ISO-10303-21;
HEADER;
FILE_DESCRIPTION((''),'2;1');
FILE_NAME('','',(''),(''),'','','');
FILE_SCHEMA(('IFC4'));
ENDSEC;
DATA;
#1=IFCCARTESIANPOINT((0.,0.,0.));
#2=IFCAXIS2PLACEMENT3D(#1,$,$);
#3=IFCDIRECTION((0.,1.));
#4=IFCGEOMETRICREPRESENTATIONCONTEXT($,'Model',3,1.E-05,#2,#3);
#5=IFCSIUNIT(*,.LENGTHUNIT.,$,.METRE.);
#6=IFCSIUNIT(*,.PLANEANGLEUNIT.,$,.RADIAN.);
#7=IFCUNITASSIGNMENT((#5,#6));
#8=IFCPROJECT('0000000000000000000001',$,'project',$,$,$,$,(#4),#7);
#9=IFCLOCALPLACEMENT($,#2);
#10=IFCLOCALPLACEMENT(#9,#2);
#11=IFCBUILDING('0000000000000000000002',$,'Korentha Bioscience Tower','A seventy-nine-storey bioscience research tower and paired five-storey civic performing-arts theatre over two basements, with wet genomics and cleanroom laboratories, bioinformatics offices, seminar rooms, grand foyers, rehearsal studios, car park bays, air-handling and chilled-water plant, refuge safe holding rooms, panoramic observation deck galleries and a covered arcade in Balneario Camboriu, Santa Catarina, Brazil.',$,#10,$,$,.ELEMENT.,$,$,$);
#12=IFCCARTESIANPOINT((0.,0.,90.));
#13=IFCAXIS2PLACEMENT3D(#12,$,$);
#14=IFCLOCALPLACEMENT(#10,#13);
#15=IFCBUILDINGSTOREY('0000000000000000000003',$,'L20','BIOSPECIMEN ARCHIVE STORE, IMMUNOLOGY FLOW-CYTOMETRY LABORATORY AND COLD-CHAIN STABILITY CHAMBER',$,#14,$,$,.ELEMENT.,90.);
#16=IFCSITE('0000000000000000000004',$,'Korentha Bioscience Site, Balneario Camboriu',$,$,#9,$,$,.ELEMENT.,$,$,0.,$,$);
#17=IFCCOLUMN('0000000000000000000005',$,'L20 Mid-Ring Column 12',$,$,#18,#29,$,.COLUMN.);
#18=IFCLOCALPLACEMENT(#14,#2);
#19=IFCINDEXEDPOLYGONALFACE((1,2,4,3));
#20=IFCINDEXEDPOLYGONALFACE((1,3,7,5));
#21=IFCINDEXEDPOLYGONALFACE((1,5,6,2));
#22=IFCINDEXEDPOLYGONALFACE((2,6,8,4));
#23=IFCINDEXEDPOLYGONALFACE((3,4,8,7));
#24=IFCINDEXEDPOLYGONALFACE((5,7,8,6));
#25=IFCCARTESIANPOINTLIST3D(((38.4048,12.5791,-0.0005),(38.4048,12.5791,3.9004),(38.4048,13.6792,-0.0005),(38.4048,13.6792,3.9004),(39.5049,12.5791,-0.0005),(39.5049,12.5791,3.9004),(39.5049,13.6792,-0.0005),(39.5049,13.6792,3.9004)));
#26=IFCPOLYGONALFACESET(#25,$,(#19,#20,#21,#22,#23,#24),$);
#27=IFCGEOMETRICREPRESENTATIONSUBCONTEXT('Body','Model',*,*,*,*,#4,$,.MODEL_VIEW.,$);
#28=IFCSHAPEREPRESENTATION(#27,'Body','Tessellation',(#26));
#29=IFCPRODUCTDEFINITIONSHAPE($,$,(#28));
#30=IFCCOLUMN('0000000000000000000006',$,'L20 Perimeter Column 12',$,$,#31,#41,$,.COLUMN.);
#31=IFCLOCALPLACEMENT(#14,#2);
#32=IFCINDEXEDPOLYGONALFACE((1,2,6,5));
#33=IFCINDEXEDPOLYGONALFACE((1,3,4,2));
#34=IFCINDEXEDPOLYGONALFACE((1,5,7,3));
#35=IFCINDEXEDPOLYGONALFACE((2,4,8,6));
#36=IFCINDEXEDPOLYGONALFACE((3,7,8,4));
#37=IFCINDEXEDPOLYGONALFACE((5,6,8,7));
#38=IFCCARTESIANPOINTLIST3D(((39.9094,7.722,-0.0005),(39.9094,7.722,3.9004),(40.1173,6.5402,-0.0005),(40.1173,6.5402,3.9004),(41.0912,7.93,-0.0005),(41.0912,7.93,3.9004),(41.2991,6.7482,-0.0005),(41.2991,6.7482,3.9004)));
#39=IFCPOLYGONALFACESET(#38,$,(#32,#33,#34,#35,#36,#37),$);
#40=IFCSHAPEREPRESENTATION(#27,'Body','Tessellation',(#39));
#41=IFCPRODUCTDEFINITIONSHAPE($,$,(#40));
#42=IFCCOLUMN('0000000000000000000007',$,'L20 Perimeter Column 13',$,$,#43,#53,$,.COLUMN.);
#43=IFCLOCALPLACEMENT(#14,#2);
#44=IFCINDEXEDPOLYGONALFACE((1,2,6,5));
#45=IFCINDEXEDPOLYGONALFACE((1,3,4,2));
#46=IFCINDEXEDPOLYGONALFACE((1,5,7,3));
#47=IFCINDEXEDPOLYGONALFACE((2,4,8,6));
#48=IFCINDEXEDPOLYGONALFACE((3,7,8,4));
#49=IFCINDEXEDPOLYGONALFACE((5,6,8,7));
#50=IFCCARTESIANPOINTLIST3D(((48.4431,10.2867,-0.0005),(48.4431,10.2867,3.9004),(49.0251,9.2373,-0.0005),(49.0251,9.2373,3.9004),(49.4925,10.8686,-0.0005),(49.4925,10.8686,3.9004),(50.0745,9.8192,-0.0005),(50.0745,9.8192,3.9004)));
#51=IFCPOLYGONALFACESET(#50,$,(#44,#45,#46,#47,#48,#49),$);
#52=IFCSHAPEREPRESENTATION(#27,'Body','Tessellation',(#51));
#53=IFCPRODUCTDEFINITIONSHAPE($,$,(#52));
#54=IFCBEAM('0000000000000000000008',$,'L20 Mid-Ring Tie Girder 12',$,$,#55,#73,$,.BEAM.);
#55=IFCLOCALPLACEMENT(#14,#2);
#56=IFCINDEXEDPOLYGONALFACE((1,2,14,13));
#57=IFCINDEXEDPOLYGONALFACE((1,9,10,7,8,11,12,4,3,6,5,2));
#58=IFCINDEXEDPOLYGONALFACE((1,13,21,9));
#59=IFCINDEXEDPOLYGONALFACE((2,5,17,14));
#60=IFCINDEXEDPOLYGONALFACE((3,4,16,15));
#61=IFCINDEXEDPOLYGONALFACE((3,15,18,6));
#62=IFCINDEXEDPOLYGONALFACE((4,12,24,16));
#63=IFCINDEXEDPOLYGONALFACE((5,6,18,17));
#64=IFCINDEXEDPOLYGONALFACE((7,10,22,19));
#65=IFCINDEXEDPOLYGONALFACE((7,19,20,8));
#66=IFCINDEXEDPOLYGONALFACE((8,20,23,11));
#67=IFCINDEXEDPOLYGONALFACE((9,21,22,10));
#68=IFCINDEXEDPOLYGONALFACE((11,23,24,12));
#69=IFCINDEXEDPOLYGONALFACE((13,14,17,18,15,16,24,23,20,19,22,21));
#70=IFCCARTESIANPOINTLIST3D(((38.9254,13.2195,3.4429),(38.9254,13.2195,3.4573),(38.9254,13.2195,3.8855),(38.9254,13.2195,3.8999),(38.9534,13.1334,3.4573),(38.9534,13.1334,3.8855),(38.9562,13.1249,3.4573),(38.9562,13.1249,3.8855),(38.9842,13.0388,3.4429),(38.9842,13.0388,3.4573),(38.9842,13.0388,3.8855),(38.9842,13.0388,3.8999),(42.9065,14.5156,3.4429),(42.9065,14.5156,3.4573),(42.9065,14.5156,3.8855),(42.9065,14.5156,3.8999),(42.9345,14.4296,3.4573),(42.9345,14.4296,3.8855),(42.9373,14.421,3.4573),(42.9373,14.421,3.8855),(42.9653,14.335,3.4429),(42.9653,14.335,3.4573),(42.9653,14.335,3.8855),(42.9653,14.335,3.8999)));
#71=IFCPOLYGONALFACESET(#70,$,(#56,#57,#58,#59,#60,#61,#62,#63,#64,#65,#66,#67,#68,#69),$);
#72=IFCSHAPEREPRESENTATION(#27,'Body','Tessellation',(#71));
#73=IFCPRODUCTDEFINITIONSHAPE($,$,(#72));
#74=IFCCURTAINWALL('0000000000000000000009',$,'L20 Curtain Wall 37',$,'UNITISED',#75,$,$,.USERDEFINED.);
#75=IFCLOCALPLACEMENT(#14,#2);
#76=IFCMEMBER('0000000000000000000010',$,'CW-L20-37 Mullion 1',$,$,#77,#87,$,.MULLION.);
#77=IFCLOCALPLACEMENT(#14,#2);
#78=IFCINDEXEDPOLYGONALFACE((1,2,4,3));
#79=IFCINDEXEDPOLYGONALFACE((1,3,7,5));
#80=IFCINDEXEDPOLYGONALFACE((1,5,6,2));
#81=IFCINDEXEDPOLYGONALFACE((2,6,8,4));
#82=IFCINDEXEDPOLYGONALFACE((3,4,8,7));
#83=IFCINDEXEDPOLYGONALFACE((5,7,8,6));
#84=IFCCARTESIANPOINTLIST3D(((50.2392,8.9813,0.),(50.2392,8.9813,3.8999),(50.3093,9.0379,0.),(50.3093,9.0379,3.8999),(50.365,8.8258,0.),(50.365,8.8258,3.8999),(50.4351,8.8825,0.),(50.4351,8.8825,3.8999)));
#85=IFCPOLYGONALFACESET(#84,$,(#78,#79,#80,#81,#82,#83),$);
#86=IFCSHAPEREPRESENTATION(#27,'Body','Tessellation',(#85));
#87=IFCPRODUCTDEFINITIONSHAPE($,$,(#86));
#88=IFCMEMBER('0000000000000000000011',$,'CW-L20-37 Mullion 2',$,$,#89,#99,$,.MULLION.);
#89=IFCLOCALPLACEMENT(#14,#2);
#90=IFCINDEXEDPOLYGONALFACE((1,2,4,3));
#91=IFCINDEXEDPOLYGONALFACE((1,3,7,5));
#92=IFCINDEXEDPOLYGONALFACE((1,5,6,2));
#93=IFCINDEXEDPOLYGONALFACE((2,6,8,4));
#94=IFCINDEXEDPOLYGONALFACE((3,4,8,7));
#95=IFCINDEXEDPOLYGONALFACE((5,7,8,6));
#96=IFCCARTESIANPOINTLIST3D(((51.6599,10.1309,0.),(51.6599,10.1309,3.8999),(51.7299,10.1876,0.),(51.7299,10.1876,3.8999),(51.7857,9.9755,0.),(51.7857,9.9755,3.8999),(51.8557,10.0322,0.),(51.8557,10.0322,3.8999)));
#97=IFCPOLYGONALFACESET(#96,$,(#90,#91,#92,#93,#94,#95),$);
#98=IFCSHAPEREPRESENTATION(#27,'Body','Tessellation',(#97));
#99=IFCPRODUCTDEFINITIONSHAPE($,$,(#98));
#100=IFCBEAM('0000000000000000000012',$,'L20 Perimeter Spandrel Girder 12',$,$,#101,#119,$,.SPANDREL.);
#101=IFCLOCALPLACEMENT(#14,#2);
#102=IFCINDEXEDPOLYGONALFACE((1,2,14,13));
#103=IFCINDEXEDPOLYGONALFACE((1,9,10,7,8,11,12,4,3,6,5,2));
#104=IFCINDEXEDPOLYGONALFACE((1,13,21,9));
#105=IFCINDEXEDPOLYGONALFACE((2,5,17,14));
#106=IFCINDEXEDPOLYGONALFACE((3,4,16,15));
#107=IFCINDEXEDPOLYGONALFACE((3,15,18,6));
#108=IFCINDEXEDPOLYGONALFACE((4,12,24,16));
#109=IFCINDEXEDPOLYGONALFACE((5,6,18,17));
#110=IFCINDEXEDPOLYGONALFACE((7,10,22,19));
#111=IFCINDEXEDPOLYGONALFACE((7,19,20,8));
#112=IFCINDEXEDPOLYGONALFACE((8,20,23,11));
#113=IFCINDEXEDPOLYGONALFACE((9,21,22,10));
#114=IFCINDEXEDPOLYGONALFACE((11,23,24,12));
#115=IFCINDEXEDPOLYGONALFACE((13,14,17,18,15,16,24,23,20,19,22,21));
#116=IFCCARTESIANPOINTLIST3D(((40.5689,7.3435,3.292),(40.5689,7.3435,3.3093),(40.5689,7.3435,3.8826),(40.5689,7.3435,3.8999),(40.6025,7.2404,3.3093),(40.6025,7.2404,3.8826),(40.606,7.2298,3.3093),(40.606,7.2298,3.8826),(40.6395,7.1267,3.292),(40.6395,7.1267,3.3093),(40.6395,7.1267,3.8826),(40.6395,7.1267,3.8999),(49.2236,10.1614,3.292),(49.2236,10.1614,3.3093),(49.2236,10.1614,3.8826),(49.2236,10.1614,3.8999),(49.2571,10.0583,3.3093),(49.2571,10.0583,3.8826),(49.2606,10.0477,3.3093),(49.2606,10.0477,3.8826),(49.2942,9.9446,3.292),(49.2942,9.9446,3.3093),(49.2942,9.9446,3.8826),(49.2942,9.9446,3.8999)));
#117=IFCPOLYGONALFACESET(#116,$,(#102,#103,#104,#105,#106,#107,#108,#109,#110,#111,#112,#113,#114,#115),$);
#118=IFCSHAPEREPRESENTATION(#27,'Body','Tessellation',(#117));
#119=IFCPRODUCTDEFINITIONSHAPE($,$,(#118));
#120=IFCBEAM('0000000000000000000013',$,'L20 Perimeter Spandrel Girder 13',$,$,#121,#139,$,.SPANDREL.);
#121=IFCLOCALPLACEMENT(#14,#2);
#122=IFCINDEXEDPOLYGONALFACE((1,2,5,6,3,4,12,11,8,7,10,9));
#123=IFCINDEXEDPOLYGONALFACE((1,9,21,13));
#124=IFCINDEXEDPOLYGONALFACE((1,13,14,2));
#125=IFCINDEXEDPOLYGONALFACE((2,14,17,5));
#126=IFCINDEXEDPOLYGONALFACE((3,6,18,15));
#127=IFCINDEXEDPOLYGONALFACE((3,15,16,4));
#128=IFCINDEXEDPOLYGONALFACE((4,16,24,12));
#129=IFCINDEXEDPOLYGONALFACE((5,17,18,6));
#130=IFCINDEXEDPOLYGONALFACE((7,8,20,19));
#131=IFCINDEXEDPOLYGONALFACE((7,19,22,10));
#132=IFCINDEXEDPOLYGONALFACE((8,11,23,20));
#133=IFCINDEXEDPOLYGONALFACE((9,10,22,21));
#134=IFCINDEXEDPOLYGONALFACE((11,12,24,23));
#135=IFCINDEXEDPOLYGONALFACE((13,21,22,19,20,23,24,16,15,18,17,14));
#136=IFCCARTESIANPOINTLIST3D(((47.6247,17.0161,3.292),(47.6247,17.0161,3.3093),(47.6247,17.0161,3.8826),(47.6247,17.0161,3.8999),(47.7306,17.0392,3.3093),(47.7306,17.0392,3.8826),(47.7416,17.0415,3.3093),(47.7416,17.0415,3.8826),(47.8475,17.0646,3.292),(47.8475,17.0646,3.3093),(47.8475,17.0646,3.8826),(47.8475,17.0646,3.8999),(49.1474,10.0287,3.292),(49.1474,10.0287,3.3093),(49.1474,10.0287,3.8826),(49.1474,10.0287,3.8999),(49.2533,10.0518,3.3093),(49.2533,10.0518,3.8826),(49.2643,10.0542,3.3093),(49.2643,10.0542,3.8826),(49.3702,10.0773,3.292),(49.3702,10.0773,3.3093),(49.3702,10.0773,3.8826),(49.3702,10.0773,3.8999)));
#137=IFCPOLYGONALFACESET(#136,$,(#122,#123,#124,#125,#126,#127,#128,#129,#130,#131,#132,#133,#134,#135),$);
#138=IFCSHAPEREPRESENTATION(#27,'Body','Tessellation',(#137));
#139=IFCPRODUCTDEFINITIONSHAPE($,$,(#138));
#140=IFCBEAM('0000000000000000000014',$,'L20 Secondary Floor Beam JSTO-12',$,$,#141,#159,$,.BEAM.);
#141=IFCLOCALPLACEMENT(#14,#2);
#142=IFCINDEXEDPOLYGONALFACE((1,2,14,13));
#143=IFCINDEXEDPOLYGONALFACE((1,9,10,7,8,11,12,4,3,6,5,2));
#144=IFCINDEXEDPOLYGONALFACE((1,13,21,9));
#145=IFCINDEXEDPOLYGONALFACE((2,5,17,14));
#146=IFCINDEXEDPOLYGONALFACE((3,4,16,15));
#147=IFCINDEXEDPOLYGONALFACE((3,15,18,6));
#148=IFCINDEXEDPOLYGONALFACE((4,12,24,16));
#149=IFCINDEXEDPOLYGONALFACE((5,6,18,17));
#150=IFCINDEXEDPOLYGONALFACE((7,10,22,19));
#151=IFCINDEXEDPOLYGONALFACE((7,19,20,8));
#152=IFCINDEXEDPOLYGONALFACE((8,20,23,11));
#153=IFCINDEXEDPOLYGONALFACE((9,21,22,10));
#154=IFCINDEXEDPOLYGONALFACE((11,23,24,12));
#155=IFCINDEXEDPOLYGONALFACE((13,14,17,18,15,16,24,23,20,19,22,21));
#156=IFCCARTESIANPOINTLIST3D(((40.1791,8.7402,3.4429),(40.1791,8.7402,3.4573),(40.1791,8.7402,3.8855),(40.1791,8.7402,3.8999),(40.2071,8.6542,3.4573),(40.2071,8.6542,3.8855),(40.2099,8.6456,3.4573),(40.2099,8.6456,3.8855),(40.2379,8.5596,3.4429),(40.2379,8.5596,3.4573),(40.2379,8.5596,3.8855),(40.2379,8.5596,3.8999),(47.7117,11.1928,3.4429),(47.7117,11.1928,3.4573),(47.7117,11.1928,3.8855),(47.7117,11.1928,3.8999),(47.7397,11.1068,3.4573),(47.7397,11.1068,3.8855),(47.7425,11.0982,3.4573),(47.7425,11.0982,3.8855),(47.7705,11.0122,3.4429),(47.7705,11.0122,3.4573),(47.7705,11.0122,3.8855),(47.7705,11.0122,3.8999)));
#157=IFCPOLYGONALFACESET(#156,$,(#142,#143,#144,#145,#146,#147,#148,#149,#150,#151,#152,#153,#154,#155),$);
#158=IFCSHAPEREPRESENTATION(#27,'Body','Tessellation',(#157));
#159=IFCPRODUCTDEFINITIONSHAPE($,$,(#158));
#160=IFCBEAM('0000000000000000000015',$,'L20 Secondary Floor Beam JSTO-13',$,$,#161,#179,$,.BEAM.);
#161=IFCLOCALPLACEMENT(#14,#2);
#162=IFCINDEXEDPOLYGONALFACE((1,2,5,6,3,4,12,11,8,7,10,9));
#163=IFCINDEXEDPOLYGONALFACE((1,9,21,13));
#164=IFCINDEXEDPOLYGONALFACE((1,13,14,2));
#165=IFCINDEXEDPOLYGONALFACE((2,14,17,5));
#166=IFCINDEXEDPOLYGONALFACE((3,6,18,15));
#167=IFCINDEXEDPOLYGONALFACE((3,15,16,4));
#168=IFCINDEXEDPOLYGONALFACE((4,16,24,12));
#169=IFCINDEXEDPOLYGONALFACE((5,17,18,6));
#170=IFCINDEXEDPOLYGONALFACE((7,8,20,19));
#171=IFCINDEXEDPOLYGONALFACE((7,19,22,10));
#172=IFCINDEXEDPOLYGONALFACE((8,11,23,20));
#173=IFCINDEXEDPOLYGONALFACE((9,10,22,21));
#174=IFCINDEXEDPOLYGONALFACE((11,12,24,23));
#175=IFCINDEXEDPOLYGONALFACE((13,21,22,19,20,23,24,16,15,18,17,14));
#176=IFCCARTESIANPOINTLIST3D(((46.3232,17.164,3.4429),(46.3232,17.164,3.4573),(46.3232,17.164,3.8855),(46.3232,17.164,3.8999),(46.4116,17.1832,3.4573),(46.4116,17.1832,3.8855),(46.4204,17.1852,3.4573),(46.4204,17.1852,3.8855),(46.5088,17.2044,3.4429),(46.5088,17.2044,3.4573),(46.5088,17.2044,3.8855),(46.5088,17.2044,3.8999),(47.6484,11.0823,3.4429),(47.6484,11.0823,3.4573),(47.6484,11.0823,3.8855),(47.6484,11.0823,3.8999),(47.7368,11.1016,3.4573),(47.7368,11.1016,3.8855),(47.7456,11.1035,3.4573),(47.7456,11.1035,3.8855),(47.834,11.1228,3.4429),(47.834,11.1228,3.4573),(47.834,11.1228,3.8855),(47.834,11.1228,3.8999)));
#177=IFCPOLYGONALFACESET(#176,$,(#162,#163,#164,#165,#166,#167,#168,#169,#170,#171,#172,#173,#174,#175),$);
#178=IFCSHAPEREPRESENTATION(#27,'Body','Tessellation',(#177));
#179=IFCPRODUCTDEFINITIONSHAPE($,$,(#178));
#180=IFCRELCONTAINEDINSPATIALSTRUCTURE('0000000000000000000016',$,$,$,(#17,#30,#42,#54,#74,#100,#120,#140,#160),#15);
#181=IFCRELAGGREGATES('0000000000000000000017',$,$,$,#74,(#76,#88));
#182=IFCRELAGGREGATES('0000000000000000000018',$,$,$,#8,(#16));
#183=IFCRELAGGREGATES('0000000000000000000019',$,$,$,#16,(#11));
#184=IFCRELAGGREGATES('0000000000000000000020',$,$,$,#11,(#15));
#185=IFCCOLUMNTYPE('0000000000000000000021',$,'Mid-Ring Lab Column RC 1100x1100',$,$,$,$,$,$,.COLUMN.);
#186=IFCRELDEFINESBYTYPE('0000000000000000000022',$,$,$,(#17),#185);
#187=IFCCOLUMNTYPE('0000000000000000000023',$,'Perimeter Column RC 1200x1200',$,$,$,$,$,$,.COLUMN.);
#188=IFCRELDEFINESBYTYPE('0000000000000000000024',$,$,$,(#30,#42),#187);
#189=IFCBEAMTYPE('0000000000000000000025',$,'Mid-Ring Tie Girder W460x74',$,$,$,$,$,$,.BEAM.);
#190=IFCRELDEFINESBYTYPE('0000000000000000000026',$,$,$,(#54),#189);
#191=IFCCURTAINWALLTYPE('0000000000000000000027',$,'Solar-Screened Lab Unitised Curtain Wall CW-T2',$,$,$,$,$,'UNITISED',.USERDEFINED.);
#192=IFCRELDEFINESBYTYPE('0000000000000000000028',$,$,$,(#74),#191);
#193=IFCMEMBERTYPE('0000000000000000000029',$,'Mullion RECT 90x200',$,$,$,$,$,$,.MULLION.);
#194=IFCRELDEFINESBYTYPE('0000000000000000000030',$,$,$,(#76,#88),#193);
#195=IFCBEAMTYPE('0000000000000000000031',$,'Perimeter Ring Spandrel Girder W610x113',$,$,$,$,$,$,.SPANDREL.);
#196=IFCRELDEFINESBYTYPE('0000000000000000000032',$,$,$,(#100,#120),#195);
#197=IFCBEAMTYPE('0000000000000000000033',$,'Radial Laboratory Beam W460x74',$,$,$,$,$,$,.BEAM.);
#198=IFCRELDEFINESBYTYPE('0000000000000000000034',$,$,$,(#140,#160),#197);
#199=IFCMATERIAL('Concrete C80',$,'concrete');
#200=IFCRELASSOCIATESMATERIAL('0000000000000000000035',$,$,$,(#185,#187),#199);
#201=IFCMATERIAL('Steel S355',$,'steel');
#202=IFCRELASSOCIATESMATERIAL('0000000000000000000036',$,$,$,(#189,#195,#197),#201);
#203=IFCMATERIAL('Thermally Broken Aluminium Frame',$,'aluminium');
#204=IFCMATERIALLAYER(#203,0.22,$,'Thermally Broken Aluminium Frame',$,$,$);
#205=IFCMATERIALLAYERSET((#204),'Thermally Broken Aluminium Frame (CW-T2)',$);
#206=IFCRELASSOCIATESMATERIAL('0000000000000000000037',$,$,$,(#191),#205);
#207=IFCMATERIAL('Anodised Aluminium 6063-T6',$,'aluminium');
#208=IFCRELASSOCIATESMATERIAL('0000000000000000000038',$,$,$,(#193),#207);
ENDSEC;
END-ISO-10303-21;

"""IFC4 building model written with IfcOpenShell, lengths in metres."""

from ifc_helpers import new_model, si_unit, direction, frame, origin, origin_2d, place, context, subcontext, project, spatial, rectangle, i_section, extrude, material, layer, layer_set, material_profile, profile_set, type_object, element, aggregate, save


model = new_model("IFC4")

# Units and contexts
model_context = context("Model", 3, precision=1e-05, world=origin(), true_north=direction((0.0, 1.0)))
body_context = subcontext(model_context, "Body", "Model", "MODEL_VIEW")
ifc_project = project(units=[si_unit("LENGTHUNIT", "METRE"), si_unit("PLANEANGLEUNIT", "RADIAN")], contexts=[model_context])

# Site, building, storey
site_placement = place(None, origin())
site = spatial("IfcSite", under=ifc_project, at=site_placement, Name="Korentha Bioscience Site, Balneario Camboriu", CompositionType="ELEMENT", RefElevation=0.0)
building_placement = place(site_placement, origin())
building = spatial("IfcBuilding", under=site, at=building_placement, Name="Korentha Bioscience Tower", Description="A seventy-nine-storey bioscience research tower and paired five-storey civic performing-arts theatre over two basements, with wet genomics and cleanroom laboratories, bioinformatics offices, seminar rooms, grand foyers, rehearsal studios, car park bays, air-handling and chilled-water plant, refuge safe holding rooms, panoramic observation deck galleries and a covered arcade in Balneario Camboriu, Santa Catarina, Brazil.", CompositionType="ELEMENT")
storey_placement = place(building_placement, frame((0.0, 0.0, 90.0)))
storey = spatial("IfcBuildingStorey", under=building, at=storey_placement, Name="L20", Description="BIOSPECIMEN ARCHIVE STORE, IMMUNOLOGY FLOW-CYTOMETRY LABORATORY AND COLD-CHAIN STABILITY CHAMBER", CompositionType="ELEMENT", Elevation=90.0)

# Columns
ifc_material_1 = material(Name="Concrete C80", Category="concrete")
ifc_material_profile_1 = material_profile(ifc_material_1, rectangle(XDim=1.1001, YDim=1.1001, at=origin_2d()), Name="Concrete C80")
ifc_profile_set_1 = profile_set([ifc_material_profile_1], Name="Concrete C80 (COL-MR11)")
column_type_1 = type_object("IfcColumnType", Name="Mid-Ring Lab Column RC 1100x1100", PredefinedType="COLUMN", material=ifc_profile_set_1)
column_placement = place(storey_placement, frame((38.9548, 13.1292, -0.0005), z_axis=(0.0, 0.0, 1.0), x_axis=(1.0, 0.0, 0.0)))
element("IfcColumn", 1, at=column_placement, inside=storey, type_object=column_type_1, Name="L20 Mid-Ring Column 12", PredefinedType="COLUMN", context=body_context, shape_type="SweptSolid", body=[
    extrude(rectangle(XDim=1.1001, YDim=1.1001, at=origin_2d()), origin(), (0.0, 0.0, 1.0), 3.9009),
])
ifc_material_profile_2 = material_profile(ifc_material_1, rectangle(XDim=1.2, YDim=1.2, at=origin_2d()), Name="Concrete C80")
ifc_profile_set_2 = profile_set([ifc_material_profile_2], Name="Concrete C80 (COL-P12)")
column_type_2 = type_object("IfcColumnType", Name="Perimeter Column RC 1200x1200", PredefinedType="COLUMN", material=ifc_profile_set_2)
for number, where, z_axis, x_axis, name in (
    (2, (40.6042, 7.2351, -0.0005), (0.0, 0.0, 1.0), (0.984868, 0.173304, 0.0), "L20 Perimeter Column 12"),
    (3, (49.2588, 10.053, -0.0005), (0.0, 0.0, 1.0), (0.874535, 0.484962, 0.0), "L20 Perimeter Column 13"),
):
    element("IfcColumn", number, at=place(storey_placement, frame(where, z_axis=z_axis, x_axis=x_axis)), inside=storey, type_object=column_type_2, Name=name, PredefinedType="COLUMN", context=body_context, shape_type="SweptSolid", body=[
        extrude(rectangle(XDim=1.2, YDim=1.2, at=origin_2d()), origin(), (0.0, 0.0, 1.0), 3.9009),
    ])

# Beam
ifc_material_2 = material(Name="Steel S355", Category="steel")
ifc_material_profile_3 = material_profile(ifc_material_2, i_section(OverallWidth=0.1899, OverallDepth=0.457, WebThickness=0.009, FlangeThickness=0.0144, at=origin_2d()), Name="Steel S355")
ifc_profile_set_3 = profile_set([ifc_material_profile_3], Name="Steel S355 (MB-460)")
beam_type_1 = type_object("IfcBeamType", Name="Mid-Ring Tie Girder W460x74", PredefinedType="BEAM", material=ifc_profile_set_3)
beam_1_placement = place(storey_placement, frame((38.9548, 13.1292, 3.6714), z_axis=(0.950876, 0.309573, 0.0), x_axis=(-0.309573, 0.950876, 0.0)))
element("IfcBeam", 4, at=beam_1_placement, inside=storey, type_object=beam_type_1, Name="L20 Mid-Ring Tie Girder 12", PredefinedType="BEAM", context=body_context, shape_type="SweptSolid", body=[
    extrude(i_section(OverallWidth=0.1899, OverallDepth=0.457, WebThickness=0.009, FlangeThickness=0.0144, at=origin_2d()), origin(), (0.0, 0.0, 1.0), 4.1868),
])

# Curtain wall, members
ifc_material_3 = material(Name="Thermally Broken Aluminium Frame", Category="aluminium")
ifc_layer_1 = layer(ifc_material_3, 0.22, Name="Thermally Broken Aluminium Frame")
ifc_layer_set_1 = layer_set([ifc_layer_1], Name="Thermally Broken Aluminium Frame (CW-T2)")
curtain_wall_type = type_object("IfcCurtainWallType", Name="Solar-Screened Lab Unitised Curtain Wall CW-T2", ElementType="UNITISED", PredefinedType="USERDEFINED", material=ifc_layer_set_1)
curtain_wall_placement = place(storey_placement, origin())
curtain_wall = element("IfcCurtainWall", 5, at=curtain_wall_placement, inside=storey, type_object=curtain_wall_type, Name="L20 Curtain Wall 37", ObjectType="UNITISED", PredefinedType="USERDEFINED")
ifc_material_4 = material(Name="Anodised Aluminium 6063-T6", Category="aluminium")
ifc_material_profile_4 = material_profile(ifc_material_4, rectangle(XDim=0.0901, YDim=0.2, at=origin_2d()), Name="Anodised Aluminium 6063-T6")
ifc_profile_set_4 = profile_set([ifc_material_profile_4], Name="Anodised Aluminium 6063-T6 (CW-MUL)")
member_type_1 = type_object("IfcMemberType", Name="Mullion RECT 90x200", PredefinedType="MULLION", material=ifc_profile_set_4)
member_1_placement = place(storey_placement, frame((50.3372, 8.9319, 0.0), z_axis=(0.0, 0.0, 1.0), x_axis=(0.777315, 0.629111, 0.0)))
member_1 = element("IfcMember", 6, at=member_1_placement, type_object=member_type_1, Name="CW-L20-37 Mullion 1", PredefinedType="MULLION", context=body_context, shape_type="SweptSolid", body=[
    extrude(rectangle(XDim=0.0901, YDim=0.2, at=origin_2d()), origin(), (0.0, 0.0, 1.0), 3.8999),
])
member_2_placement = place(storey_placement, frame((51.7578, 10.0815, 0.0), z_axis=(0.0, 0.0, 1.0), x_axis=(0.777315, 0.629111, 0.0)))
member_2 = element("IfcMember", 7, at=member_2_placement, type_object=member_type_1, Name="CW-L20-37 Mullion 2", PredefinedType="MULLION", context=body_context, shape_type="SweptSolid", body=[
    extrude(rectangle(XDim=0.0901, YDim=0.2, at=origin_2d()), origin(), (0.0, 0.0, 1.0), 3.8999),
])

# Beams
ifc_material_profile_5 = material_profile(ifc_material_2, i_section(OverallWidth=0.228, OverallDepth=0.6079, WebThickness=0.0112, FlangeThickness=0.0173, at=origin_2d()), Name="Steel S355")
ifc_profile_set_5 = profile_set([ifc_material_profile_5], Name="Steel S355 (SB-610)")
beam_type_2 = type_object("IfcBeamType", Name="Perimeter Ring Spandrel Girder W610x113", PredefinedType="SPANDREL", material=ifc_profile_set_5)
beam_2_placement = place(storey_placement, frame((40.6042, 7.2351, 3.5959), z_axis=(0.950868, 0.309597, 0.0), x_axis=(-0.309597, 0.950868, 0.0)))
element("IfcBeam", 8, at=beam_2_placement, inside=storey, type_object=beam_type_2, Name="L20 Perimeter Spandrel Girder 12", PredefinedType="SPANDREL", context=body_context, shape_type="SweptSolid", body=[
    extrude(i_section(OverallWidth=0.228, OverallDepth=0.6079, WebThickness=0.0112, FlangeThickness=0.0173, at=origin_2d()), origin(), (0.0, 0.0, 1.0), 9.1018),
])
beam_3_placement = place(storey_placement, frame((49.2588, 10.053, 3.5959), z_axis=(-0.212927, 0.977068, 0.0), x_axis=(-0.977068, -0.212927, 0.0)))
element("IfcBeam", 9, at=beam_3_placement, inside=storey, type_object=beam_type_2, Name="L20 Perimeter Spandrel Girder 13", PredefinedType="SPANDREL", context=body_context, shape_type="SweptSolid", body=[
    extrude(i_section(OverallWidth=0.228, OverallDepth=0.6079, WebThickness=0.0112, FlangeThickness=0.0173, at=origin_2d()), origin(), (0.0, 0.0, 1.0), 7.1514),
])
ifc_material_profile_6 = material_profile(ifc_material_2, i_section(OverallWidth=0.1899, OverallDepth=0.457, WebThickness=0.009, FlangeThickness=0.0144, at=origin_2d()), Name="Steel S355")
ifc_profile_set_6 = profile_set([ifc_material_profile_6], Name="Steel S355 (RB-460)")
beam_type_3 = type_object("IfcBeamType", Name="Radial Laboratory Beam W460x74", PredefinedType="BEAM", material=ifc_profile_set_6)
beam_4_placement = place(storey_placement, frame((40.2085, 8.6499, 3.6714), z_axis=(0.950867, 0.3096, 0.0), x_axis=(-0.3096, 0.950867, 0.0)))
element("IfcBeam", 10, at=beam_4_placement, inside=storey, type_object=beam_type_3, Name="L20 Secondary Floor Beam JSTO-12", PredefinedType="BEAM", context=body_context, shape_type="SweptSolid", body=[
    extrude(i_section(OverallWidth=0.1899, OverallDepth=0.457, WebThickness=0.009, FlangeThickness=0.0144, at=origin_2d()), origin(), (0.0, 0.0, 1.0), 7.9219),
])
beam_5_placement = place(storey_placement, frame((47.7412, 11.1025, 3.6714), z_axis=(-0.212908, 0.977072, 0.0), x_axis=(-0.977072, -0.212908, 0.0)))
element("IfcBeam", 11, at=beam_5_placement, inside=storey, type_object=beam_type_3, Name="L20 Secondary Floor Beam JSTO-13", PredefinedType="BEAM", context=body_context, shape_type="SweptSolid", body=[
    extrude(i_section(OverallWidth=0.1899, OverallDepth=0.457, WebThickness=0.009, FlangeThickness=0.0144, at=origin_2d()), origin(), (0.0, 0.0, 1.0), 6.2244),
])

aggregate(curtain_wall, [member_1, member_2])

save(model, "model.ifc")
